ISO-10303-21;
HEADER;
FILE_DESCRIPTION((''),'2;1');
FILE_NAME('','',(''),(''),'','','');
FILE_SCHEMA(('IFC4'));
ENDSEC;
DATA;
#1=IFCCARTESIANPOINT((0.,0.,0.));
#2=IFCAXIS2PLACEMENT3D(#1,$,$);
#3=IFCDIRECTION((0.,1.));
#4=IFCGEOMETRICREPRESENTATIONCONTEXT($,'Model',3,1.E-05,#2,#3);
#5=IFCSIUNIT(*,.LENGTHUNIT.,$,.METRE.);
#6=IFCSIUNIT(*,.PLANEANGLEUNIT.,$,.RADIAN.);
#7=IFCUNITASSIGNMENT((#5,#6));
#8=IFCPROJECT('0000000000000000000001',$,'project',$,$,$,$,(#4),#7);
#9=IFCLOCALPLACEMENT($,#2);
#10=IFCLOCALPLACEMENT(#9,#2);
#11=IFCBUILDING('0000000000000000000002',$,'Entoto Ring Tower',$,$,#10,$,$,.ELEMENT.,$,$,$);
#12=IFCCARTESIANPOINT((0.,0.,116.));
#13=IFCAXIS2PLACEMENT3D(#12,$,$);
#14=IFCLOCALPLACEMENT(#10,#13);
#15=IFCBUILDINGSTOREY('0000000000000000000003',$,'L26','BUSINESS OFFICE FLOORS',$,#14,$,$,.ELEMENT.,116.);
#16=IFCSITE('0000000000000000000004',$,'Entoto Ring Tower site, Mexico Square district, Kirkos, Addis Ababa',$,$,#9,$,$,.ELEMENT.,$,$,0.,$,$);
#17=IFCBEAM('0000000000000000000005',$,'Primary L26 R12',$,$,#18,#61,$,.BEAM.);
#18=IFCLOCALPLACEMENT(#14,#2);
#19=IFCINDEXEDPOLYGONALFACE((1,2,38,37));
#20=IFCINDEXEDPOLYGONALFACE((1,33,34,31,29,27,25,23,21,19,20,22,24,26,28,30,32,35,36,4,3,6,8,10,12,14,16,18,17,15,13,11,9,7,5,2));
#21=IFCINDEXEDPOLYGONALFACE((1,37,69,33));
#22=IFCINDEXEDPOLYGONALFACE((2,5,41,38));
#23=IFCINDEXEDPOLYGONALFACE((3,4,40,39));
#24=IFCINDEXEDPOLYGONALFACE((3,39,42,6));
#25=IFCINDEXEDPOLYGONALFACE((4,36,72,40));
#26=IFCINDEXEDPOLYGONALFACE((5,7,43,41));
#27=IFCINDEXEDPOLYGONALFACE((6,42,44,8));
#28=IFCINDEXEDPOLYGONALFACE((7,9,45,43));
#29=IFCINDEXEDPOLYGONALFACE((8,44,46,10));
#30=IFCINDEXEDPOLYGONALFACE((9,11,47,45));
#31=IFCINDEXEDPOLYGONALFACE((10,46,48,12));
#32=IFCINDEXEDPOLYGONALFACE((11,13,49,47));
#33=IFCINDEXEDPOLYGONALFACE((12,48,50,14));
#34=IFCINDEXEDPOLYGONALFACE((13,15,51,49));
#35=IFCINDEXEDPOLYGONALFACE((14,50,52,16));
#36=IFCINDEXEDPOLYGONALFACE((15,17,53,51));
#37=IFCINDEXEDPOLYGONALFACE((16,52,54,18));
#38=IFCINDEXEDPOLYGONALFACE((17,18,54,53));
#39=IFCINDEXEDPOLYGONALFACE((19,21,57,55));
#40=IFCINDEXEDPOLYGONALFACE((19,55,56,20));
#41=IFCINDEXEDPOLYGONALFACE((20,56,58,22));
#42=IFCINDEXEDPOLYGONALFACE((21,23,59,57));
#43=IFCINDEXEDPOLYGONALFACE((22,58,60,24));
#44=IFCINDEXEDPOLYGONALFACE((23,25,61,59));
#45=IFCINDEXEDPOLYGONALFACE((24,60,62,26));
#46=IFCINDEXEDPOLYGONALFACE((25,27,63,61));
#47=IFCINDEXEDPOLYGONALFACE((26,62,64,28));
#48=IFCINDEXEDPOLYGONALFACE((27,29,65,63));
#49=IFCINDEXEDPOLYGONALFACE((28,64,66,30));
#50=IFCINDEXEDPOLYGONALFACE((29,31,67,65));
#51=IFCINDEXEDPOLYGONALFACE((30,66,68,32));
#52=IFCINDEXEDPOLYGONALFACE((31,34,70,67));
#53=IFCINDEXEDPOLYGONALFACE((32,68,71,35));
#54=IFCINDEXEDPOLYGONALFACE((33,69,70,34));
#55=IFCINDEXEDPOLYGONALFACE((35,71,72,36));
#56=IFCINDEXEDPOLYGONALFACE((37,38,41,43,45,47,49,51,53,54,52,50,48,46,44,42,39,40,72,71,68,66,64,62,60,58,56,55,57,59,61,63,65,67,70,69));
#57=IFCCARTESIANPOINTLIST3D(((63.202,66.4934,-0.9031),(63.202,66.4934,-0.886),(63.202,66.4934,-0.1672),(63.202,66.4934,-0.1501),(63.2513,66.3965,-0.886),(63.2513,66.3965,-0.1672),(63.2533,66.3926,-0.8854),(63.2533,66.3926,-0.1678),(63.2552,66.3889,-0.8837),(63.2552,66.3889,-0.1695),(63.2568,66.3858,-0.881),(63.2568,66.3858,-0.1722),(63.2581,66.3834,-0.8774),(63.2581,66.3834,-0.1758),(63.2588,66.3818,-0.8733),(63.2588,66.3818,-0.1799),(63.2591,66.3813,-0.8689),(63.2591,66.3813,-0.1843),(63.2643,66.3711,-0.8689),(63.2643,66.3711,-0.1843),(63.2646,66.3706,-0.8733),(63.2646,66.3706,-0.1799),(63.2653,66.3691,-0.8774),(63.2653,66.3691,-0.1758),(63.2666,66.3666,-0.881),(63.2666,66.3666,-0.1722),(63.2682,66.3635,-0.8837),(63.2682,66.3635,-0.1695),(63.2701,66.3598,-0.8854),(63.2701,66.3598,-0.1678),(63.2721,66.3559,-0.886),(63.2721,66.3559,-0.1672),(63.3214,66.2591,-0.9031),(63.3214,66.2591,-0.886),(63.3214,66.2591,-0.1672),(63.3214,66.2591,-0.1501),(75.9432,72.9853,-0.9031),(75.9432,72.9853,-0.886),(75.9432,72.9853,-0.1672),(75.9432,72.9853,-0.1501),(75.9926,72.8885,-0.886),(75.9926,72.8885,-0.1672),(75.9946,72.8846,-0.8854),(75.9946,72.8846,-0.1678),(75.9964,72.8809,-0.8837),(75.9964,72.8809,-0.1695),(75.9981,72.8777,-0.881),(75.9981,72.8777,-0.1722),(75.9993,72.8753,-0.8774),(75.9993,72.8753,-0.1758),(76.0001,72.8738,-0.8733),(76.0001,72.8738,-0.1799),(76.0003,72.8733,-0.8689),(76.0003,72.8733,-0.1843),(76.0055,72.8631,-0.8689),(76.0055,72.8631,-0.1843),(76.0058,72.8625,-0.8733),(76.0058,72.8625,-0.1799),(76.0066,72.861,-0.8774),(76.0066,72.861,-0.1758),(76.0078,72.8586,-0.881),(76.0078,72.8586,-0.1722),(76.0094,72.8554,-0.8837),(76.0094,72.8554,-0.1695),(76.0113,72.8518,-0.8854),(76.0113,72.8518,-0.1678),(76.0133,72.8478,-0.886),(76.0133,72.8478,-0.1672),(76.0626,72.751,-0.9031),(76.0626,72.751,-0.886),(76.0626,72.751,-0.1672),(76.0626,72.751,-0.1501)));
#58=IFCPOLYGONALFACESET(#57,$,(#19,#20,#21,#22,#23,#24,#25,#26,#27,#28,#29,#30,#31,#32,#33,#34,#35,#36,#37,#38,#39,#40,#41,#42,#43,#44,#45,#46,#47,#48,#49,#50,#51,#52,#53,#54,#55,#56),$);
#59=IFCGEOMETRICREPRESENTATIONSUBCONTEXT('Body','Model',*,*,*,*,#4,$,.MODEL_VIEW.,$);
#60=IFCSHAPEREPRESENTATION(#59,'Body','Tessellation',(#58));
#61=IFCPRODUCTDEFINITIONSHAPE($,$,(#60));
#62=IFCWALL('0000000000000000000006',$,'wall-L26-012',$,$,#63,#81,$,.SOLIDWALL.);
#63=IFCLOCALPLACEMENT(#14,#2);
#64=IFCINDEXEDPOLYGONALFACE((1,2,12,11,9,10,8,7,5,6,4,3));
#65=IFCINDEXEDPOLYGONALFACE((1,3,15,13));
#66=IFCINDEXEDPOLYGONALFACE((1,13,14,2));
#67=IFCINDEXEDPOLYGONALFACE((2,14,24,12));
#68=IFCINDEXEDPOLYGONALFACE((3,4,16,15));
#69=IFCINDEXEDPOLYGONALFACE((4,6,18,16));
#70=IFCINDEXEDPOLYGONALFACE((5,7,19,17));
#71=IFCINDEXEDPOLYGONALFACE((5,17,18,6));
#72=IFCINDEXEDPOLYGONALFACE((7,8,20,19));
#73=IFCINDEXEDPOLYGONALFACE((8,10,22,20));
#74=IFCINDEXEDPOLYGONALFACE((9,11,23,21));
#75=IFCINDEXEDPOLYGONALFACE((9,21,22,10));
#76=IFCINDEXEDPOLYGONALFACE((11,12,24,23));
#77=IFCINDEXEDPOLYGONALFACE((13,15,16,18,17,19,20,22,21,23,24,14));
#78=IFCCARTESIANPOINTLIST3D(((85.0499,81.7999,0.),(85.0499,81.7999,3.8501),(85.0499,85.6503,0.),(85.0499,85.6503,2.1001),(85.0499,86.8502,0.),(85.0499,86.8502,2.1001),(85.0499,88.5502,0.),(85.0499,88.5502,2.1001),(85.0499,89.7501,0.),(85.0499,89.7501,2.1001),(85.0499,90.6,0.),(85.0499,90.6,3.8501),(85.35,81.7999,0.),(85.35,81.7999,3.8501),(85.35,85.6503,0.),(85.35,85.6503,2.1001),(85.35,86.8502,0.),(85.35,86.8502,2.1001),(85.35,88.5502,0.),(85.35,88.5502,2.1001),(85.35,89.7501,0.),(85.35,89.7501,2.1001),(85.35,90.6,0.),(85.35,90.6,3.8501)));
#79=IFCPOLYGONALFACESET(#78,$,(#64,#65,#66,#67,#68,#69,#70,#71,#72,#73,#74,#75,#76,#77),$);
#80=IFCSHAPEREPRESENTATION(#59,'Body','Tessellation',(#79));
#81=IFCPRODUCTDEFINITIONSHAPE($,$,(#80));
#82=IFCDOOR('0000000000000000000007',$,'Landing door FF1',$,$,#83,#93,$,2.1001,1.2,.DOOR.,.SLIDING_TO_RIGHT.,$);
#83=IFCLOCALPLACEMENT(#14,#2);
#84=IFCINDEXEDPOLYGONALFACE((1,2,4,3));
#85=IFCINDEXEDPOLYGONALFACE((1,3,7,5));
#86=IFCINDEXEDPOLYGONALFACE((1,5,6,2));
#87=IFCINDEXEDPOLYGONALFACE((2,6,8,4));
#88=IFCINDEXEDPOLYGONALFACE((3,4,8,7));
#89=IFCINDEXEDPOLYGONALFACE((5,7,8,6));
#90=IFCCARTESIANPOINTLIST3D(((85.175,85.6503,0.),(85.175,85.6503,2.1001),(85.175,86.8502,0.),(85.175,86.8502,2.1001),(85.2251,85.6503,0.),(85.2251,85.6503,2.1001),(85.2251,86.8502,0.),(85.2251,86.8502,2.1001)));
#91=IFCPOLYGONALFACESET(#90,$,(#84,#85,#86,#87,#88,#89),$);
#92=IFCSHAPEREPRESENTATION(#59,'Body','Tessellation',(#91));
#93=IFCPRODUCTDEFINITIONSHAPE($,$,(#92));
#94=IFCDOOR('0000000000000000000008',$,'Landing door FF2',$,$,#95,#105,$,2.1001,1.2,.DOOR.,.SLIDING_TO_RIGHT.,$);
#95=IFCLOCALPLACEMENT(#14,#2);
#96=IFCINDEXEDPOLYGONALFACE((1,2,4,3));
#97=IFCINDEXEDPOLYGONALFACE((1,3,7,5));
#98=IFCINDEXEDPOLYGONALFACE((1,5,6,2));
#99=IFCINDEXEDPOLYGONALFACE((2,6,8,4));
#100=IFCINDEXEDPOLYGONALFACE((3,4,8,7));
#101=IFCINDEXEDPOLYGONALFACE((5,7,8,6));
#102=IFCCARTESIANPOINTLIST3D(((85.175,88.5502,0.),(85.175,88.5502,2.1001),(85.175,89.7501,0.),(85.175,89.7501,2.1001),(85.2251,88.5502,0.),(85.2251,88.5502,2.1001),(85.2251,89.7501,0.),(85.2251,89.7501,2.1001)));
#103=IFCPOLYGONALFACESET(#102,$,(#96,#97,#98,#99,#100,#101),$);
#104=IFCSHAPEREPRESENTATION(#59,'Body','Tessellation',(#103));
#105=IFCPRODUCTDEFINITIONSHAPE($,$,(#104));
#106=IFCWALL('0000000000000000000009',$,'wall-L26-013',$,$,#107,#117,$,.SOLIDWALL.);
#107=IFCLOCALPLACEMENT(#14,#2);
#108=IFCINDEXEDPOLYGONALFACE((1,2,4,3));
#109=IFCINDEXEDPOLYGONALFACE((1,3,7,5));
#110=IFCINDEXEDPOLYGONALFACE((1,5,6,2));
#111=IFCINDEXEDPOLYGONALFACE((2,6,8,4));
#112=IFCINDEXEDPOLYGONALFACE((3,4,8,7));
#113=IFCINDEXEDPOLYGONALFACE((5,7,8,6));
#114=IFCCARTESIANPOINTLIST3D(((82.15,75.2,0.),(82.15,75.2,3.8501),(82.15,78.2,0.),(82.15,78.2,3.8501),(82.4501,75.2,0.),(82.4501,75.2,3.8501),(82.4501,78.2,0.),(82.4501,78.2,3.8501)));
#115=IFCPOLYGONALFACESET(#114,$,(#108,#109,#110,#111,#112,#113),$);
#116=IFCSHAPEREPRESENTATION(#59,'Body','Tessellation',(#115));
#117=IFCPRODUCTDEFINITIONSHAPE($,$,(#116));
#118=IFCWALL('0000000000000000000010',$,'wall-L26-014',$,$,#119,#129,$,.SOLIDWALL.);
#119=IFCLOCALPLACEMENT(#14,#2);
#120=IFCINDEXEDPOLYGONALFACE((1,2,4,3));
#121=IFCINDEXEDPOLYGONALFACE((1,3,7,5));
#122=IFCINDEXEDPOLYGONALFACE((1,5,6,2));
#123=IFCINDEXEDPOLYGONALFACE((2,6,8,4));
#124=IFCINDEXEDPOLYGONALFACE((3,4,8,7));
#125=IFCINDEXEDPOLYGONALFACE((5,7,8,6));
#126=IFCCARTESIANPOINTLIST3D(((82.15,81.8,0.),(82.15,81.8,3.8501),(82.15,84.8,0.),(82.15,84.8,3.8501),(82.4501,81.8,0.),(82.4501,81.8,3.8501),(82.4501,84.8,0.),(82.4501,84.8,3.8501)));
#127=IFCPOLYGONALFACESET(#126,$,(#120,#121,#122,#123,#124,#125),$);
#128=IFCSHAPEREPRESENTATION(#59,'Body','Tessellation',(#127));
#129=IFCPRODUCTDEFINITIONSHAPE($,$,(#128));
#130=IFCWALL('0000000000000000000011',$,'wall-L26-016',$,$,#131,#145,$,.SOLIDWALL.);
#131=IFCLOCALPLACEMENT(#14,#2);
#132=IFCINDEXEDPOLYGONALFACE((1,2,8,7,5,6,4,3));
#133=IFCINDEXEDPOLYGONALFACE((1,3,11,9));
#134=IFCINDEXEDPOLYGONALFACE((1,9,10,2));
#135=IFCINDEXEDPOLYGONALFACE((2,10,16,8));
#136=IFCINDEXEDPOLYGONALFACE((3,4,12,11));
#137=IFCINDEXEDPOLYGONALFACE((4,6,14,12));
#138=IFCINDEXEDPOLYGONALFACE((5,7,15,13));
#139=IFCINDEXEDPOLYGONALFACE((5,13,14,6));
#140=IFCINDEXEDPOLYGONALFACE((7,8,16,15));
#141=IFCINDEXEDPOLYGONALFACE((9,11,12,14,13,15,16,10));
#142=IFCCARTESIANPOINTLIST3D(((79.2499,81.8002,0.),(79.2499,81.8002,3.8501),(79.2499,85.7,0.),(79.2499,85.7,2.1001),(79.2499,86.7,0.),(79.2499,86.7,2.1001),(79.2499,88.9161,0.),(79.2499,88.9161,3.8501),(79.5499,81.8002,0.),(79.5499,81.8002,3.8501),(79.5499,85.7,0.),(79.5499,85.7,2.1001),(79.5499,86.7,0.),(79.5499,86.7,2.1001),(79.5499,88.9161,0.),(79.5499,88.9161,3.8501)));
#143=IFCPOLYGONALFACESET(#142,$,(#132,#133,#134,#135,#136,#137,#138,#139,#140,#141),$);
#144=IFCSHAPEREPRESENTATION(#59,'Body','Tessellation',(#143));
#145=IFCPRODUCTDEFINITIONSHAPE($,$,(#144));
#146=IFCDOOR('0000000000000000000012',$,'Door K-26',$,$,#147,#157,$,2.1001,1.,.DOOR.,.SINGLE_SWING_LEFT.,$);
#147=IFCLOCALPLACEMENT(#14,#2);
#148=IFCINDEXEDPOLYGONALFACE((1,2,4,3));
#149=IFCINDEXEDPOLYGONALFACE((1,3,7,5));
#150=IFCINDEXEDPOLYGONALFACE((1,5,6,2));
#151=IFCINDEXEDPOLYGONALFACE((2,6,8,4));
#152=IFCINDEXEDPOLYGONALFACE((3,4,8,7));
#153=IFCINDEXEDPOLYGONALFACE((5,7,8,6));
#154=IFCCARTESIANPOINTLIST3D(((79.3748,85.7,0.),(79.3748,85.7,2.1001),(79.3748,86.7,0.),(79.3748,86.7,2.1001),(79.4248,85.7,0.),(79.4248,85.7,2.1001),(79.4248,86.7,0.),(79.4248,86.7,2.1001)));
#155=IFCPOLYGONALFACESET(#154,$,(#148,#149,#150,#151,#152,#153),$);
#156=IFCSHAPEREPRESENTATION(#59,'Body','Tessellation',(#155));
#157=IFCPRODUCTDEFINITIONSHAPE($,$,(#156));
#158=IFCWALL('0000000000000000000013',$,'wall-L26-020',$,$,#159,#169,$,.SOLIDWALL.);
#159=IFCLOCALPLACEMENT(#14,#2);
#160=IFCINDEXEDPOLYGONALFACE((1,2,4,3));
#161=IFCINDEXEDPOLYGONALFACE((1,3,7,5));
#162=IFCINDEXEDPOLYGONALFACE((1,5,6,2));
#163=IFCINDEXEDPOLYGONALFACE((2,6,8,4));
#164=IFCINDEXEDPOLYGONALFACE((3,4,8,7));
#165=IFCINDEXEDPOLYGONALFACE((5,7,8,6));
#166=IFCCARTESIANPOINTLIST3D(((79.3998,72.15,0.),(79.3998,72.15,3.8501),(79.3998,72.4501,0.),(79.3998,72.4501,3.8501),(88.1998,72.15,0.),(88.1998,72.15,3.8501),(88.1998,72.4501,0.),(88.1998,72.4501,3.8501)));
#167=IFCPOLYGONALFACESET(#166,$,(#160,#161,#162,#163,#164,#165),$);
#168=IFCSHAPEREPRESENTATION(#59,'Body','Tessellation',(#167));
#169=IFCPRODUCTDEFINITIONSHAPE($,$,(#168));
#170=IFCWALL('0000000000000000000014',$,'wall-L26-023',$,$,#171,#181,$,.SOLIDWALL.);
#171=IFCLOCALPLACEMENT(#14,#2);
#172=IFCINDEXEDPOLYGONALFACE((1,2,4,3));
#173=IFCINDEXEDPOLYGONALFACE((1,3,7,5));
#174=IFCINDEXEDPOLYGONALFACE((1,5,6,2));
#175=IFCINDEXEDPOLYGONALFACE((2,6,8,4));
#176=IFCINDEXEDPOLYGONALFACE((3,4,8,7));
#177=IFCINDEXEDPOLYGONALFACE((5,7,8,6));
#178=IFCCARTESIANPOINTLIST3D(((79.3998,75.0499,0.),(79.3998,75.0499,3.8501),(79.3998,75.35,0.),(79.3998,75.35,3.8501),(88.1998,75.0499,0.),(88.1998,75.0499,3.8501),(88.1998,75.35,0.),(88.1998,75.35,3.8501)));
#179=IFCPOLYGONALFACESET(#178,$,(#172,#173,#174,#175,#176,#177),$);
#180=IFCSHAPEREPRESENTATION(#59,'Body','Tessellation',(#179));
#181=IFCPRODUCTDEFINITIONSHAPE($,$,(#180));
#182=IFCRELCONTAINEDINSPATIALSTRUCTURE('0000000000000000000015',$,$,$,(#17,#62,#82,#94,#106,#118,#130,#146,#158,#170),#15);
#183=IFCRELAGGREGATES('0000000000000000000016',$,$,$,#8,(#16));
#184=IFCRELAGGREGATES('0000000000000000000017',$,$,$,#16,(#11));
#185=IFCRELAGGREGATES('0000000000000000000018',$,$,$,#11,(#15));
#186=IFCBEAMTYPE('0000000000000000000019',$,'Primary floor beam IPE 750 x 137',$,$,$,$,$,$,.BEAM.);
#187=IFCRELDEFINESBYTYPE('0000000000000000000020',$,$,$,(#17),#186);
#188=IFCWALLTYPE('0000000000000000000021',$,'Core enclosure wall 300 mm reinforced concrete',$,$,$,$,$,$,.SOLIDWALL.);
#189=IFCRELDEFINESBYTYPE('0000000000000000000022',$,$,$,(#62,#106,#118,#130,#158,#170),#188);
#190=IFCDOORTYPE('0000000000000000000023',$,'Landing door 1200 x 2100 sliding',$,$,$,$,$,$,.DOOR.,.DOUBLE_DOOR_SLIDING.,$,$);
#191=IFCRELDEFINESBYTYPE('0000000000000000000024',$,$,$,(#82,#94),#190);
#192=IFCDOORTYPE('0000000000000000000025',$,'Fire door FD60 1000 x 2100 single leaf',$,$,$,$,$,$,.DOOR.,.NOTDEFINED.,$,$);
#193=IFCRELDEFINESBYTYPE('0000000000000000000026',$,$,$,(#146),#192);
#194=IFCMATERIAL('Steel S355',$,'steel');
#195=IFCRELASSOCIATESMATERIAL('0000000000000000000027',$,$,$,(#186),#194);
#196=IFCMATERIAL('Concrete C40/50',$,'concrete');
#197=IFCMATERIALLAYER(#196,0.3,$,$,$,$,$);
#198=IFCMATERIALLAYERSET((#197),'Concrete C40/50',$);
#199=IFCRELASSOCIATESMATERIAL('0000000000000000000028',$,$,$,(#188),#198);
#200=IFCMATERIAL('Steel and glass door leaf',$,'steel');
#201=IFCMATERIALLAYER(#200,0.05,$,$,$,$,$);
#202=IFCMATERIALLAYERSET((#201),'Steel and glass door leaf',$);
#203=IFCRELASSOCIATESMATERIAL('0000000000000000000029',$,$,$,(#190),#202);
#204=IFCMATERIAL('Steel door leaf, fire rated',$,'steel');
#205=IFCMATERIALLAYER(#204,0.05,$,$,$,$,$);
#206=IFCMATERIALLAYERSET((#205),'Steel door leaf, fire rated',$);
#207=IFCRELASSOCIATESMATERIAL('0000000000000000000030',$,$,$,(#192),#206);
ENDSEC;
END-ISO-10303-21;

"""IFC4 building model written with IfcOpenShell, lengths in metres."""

from ifc_helpers import new_model, si_unit, direction, frame, frame_2d, origin, origin_2d, place, context, subcontext, project, spatial, rectangle, i_section, extrude, material, layer, layer_set, material_profile, profile_set, type_object, element, fill, save


model = new_model("IFC4")

# Units and contexts
model_context = context("Model", 3, precision=1e-05, world=origin(), true_north=direction((0.0, 1.0)))
body_context = subcontext(model_context, "Body", "Model", "MODEL_VIEW")
ifc_project = project(units=[si_unit("LENGTHUNIT", "METRE"), si_unit("PLANEANGLEUNIT", "RADIAN")], contexts=[model_context])

# Site, building, storey
site_placement = place(None, origin())
site = spatial("IfcSite", under=ifc_project, at=site_placement, Name="Entoto Ring Tower site, Mexico Square district, Kirkos, Addis Ababa", CompositionType="ELEMENT", RefElevation=0.0)
building_placement = place(site_placement, origin())
building = spatial("IfcBuilding", under=site, at=building_placement, Name="Entoto Ring Tower", CompositionType="ELEMENT")
storey_placement = place(building_placement, frame((0.0, 0.0, 116.0)))
storey = spatial("IfcBuildingStorey", under=building, at=storey_placement, Name="L26", Description="BUSINESS OFFICE FLOORS", CompositionType="ELEMENT", Elevation=116.0)

# Beam
ifc_material_1 = material(Name="Steel S355", Category="steel")
ifc_material_profile = material_profile(ifc_material_1, i_section(OverallWidth=0.2629, OverallDepth=0.7529, WebThickness=0.0115, FlangeThickness=0.0171, FilletRadius=0.0171, at=origin_2d()), Name="IPE 750 x 137")
ifc_profile_set = profile_set([ifc_material_profile], Name="Steel S355")
beam_type = type_object("IfcBeamType", Name="Primary floor beam IPE 750 x 137", PredefinedType="BEAM", material=ifc_profile_set)
beam_placement = place(storey_placement, frame((76.0029, 72.8682, -0.5266), z_axis=(-0.891007, -0.453989, 0.0), x_axis=(0.453989, -0.891007, 0.0)))
element("IfcBeam", 1, at=beam_placement, inside=storey, type_object=beam_type, Name="Primary L26 R12", PredefinedType="BEAM", context=body_context, shape_type="SweptSolid", body=[
    extrude(i_section(OverallWidth=0.2629, OverallDepth=0.7529, WebThickness=0.0115, FlangeThickness=0.0171, FilletRadius=0.0171, at=origin_2d()), origin(), (0.0, 0.0, 1.0), 14.2998),
])

# Wall, openings, doors
ifc_material_2 = material(Name="Concrete C40/50", Category="concrete")
ifc_layer_1 = layer(ifc_material_2, 0.3)
ifc_layer_set_1 = layer_set([ifc_layer_1], Name="Concrete C40/50")
wall_type_1 = type_object("IfcWallType", Name="Core enclosure wall 300 mm reinforced concrete", PredefinedType="SOLIDWALL", material=ifc_layer_set_1)
wall_1_placement = place(storey_placement, frame((85.2, 81.8, 0.0), z_axis=(0.0, 0.0, 1.0), x_axis=(0.0, 1.0, 0.0)))
wall_1 = element("IfcWall", 2, at=wall_1_placement, inside=storey, type_object=wall_type_1, Name="wall-L26-012", PredefinedType="SOLIDWALL", context=body_context, shape_type="SweptSolid", body=[
    extrude(rectangle(XDim=8.8, YDim=0.3, at=frame_2d((4.3999, 0.0))), origin(), (0.0, 0.0, 1.0), 3.8501),
])
opening_1_placement = place(wall_1_placement, frame((3.8501, 0.0, 0.0)))
opening_1 = element("IfcOpeningElement", 3, at=opening_1_placement, cuts=wall_1, PredefinedType="OPENING", context=body_context, shape_type="SweptSolid", body=[
    extrude(rectangle(XDim=1.2, YDim=2.1001, at=frame_2d((0.6001, 1.05))), frame((0.0, 0.1602, 0.0), z_axis=(0.0, -1.0, 0.0), x_axis=(1.0, 0.0, 0.0)), (0.0, 0.0, 1.0), 0.3201),
])
opening_2_placement = place(wall_1_placement, frame((6.75, 0.0, 0.0)))
opening_2 = element("IfcOpeningElement", 4, at=opening_2_placement, cuts=wall_1, PredefinedType="OPENING", context=body_context, shape_type="SweptSolid", body=[
    extrude(rectangle(XDim=1.2, YDim=2.1001, at=frame_2d((0.6001, 1.05))), frame((0.0, 0.1602, 0.0), z_axis=(0.0, -1.0, 0.0), x_axis=(1.0, 0.0, 0.0)), (0.0, 0.0, 1.0), 0.3201),
])
ifc_material_3 = material(Name="Steel and glass door leaf", Category="steel")
ifc_layer_2 = layer(ifc_material_3, 0.05)
ifc_layer_set_2 = layer_set([ifc_layer_2], Name="Steel and glass door leaf")
door_type_1 = type_object("IfcDoorType", Name="Landing door 1200 x 2100 sliding", OperationType="DOUBLE_DOOR_SLIDING", PredefinedType="DOOR", material=ifc_layer_set_2)
door_1_placement = place(opening_1_placement, origin())
door_1 = element("IfcDoor", 5, at=door_1_placement, inside=storey, type_object=door_type_1, Name="Landing door FF1", OperationType="SLIDING_TO_RIGHT", OverallHeight=2.1001, OverallWidth=1.2, PredefinedType="DOOR", context=body_context, shape_type="SweptSolid", body=[
    extrude(rectangle(XDim=1.2, YDim=2.1001, at=frame_2d((0.6001, 1.05))), frame((0.0, 0.0249, 0.0), z_axis=(0.0, -1.0, 0.0), x_axis=(1.0, 0.0, 0.0)), (0.0, 0.0, 1.0), 0.05),
])
fill(opening_1, door_1)
door_2_placement = place(opening_2_placement, origin())
door_2 = element("IfcDoor", 6, at=door_2_placement, inside=storey, type_object=door_type_1, Name="Landing door FF2", OperationType="SLIDING_TO_RIGHT", OverallHeight=2.1001, OverallWidth=1.2, PredefinedType="DOOR", context=body_context, shape_type="SweptSolid", body=[
    extrude(rectangle(XDim=1.2, YDim=2.1001, at=frame_2d((0.6001, 1.05))), frame((0.0, 0.0249, 0.0), z_axis=(0.0, -1.0, 0.0), x_axis=(1.0, 0.0, 0.0)), (0.0, 0.0, 1.0), 0.05),
])
fill(opening_2, door_2)

# Walls
for number, where, z_axis, x_axis, name in (
    (7, (82.3, 75.2, 0.0), (0.0, 0.0, 1.0), (0.0, 1.0, 0.0), "wall-L26-013"),
    (8, (82.3, 81.8, 0.0), (0.0, 0.0, 1.0), (0.0, 1.0, 0.0), "wall-L26-014"),
):
    element("IfcWall", number, at=place(storey_placement, frame(where, z_axis=z_axis, x_axis=x_axis)), inside=storey, type_object=wall_type_1, Name=name, PredefinedType="SOLIDWALL", context=body_context, shape_type="SweptSolid", body=[
        extrude(rectangle(XDim=3.0, YDim=0.3, at=frame_2d((1.5, 0.0))), origin(), (0.0, 0.0, 1.0), 3.8501),
    ])

# Wall, opening, door
wall_2_placement = place(storey_placement, frame((79.3999, 81.8, 0.0), z_axis=(0.0, 0.0, 1.0), x_axis=(0.0, 1.0, 0.0)))
wall_2 = element("IfcWall", 9, at=wall_2_placement, inside=storey, type_object=wall_type_1, Name="wall-L26-016", PredefinedType="SOLIDWALL", context=body_context, shape_type="SweptSolid", body=[
    extrude(rectangle(XDim=7.116, YDim=0.3, at=frame_2d((3.5581, 0.0))), origin(), (0.0, 0.0, 1.0), 3.8501),
])
opening_3_placement = place(wall_2_placement, frame((3.8999, 0.0, 0.0)))
opening_3 = element("IfcOpeningElement", 10, at=opening_3_placement, cuts=wall_2, PredefinedType="OPENING", context=body_context, shape_type="SweptSolid", body=[
    extrude(rectangle(XDim=1.0, YDim=2.1001, at=frame_2d((0.5, 1.05))), frame((0.0, 0.1602, 0.0), z_axis=(0.0, -1.0, 0.0), x_axis=(1.0, 0.0, 0.0)), (0.0, 0.0, 1.0), 0.3201),
])
ifc_material_4 = material(Name="Steel door leaf, fire rated", Category="steel")
ifc_layer_3 = layer(ifc_material_4, 0.05)
ifc_layer_set_3 = layer_set([ifc_layer_3], Name="Steel door leaf, fire rated")
door_type_2 = type_object("IfcDoorType", Name="Fire door FD60 1000 x 2100 single leaf", OperationType="NOTDEFINED", PredefinedType="DOOR", material=ifc_layer_set_3)
door_3_placement = place(opening_3_placement, frame((1.0, 0.0, 0.0), z_axis=(0.0, 0.0, 1.0), x_axis=(-1.0, 0.0, 0.0)))
door_3 = element("IfcDoor", 11, at=door_3_placement, inside=storey, type_object=door_type_2, Name="Door K-26", OperationType="SINGLE_SWING_LEFT", OverallHeight=2.1001, OverallWidth=1.0, PredefinedType="DOOR", context=body_context, shape_type="SweptSolid", body=[
    extrude(rectangle(XDim=1.0, YDim=2.1001, at=frame_2d((0.5, 1.05))), frame((0.0, 0.0249, 0.0), z_axis=(0.0, -1.0, 0.0), x_axis=(1.0, 0.0, 0.0)), (0.0, 0.0, 1.0), 0.05),
])
fill(opening_3, door_3)

# Walls
for number, where, z_axis, x_axis, name in (
    (12, (79.3999, 72.3, 0.0), (0.0, 0.0, 1.0), (1.0, 0.0, 0.0), "wall-L26-020"),
    (13, (79.3999, 75.2, 0.0), (0.0, 0.0, 1.0), (1.0, 0.0, 0.0), "wall-L26-023"),
):
    element("IfcWall", number, at=place(storey_placement, frame(where, z_axis=z_axis, x_axis=x_axis)), inside=storey, type_object=wall_type_1, Name=name, PredefinedType="SOLIDWALL", context=body_context, shape_type="SweptSolid", body=[
        extrude(rectangle(XDim=8.8, YDim=0.3, at=frame_2d((4.3999, 0.0))), origin(), (0.0, 0.0, 1.0), 3.8501),
    ])

save(model, "model.ifc")
